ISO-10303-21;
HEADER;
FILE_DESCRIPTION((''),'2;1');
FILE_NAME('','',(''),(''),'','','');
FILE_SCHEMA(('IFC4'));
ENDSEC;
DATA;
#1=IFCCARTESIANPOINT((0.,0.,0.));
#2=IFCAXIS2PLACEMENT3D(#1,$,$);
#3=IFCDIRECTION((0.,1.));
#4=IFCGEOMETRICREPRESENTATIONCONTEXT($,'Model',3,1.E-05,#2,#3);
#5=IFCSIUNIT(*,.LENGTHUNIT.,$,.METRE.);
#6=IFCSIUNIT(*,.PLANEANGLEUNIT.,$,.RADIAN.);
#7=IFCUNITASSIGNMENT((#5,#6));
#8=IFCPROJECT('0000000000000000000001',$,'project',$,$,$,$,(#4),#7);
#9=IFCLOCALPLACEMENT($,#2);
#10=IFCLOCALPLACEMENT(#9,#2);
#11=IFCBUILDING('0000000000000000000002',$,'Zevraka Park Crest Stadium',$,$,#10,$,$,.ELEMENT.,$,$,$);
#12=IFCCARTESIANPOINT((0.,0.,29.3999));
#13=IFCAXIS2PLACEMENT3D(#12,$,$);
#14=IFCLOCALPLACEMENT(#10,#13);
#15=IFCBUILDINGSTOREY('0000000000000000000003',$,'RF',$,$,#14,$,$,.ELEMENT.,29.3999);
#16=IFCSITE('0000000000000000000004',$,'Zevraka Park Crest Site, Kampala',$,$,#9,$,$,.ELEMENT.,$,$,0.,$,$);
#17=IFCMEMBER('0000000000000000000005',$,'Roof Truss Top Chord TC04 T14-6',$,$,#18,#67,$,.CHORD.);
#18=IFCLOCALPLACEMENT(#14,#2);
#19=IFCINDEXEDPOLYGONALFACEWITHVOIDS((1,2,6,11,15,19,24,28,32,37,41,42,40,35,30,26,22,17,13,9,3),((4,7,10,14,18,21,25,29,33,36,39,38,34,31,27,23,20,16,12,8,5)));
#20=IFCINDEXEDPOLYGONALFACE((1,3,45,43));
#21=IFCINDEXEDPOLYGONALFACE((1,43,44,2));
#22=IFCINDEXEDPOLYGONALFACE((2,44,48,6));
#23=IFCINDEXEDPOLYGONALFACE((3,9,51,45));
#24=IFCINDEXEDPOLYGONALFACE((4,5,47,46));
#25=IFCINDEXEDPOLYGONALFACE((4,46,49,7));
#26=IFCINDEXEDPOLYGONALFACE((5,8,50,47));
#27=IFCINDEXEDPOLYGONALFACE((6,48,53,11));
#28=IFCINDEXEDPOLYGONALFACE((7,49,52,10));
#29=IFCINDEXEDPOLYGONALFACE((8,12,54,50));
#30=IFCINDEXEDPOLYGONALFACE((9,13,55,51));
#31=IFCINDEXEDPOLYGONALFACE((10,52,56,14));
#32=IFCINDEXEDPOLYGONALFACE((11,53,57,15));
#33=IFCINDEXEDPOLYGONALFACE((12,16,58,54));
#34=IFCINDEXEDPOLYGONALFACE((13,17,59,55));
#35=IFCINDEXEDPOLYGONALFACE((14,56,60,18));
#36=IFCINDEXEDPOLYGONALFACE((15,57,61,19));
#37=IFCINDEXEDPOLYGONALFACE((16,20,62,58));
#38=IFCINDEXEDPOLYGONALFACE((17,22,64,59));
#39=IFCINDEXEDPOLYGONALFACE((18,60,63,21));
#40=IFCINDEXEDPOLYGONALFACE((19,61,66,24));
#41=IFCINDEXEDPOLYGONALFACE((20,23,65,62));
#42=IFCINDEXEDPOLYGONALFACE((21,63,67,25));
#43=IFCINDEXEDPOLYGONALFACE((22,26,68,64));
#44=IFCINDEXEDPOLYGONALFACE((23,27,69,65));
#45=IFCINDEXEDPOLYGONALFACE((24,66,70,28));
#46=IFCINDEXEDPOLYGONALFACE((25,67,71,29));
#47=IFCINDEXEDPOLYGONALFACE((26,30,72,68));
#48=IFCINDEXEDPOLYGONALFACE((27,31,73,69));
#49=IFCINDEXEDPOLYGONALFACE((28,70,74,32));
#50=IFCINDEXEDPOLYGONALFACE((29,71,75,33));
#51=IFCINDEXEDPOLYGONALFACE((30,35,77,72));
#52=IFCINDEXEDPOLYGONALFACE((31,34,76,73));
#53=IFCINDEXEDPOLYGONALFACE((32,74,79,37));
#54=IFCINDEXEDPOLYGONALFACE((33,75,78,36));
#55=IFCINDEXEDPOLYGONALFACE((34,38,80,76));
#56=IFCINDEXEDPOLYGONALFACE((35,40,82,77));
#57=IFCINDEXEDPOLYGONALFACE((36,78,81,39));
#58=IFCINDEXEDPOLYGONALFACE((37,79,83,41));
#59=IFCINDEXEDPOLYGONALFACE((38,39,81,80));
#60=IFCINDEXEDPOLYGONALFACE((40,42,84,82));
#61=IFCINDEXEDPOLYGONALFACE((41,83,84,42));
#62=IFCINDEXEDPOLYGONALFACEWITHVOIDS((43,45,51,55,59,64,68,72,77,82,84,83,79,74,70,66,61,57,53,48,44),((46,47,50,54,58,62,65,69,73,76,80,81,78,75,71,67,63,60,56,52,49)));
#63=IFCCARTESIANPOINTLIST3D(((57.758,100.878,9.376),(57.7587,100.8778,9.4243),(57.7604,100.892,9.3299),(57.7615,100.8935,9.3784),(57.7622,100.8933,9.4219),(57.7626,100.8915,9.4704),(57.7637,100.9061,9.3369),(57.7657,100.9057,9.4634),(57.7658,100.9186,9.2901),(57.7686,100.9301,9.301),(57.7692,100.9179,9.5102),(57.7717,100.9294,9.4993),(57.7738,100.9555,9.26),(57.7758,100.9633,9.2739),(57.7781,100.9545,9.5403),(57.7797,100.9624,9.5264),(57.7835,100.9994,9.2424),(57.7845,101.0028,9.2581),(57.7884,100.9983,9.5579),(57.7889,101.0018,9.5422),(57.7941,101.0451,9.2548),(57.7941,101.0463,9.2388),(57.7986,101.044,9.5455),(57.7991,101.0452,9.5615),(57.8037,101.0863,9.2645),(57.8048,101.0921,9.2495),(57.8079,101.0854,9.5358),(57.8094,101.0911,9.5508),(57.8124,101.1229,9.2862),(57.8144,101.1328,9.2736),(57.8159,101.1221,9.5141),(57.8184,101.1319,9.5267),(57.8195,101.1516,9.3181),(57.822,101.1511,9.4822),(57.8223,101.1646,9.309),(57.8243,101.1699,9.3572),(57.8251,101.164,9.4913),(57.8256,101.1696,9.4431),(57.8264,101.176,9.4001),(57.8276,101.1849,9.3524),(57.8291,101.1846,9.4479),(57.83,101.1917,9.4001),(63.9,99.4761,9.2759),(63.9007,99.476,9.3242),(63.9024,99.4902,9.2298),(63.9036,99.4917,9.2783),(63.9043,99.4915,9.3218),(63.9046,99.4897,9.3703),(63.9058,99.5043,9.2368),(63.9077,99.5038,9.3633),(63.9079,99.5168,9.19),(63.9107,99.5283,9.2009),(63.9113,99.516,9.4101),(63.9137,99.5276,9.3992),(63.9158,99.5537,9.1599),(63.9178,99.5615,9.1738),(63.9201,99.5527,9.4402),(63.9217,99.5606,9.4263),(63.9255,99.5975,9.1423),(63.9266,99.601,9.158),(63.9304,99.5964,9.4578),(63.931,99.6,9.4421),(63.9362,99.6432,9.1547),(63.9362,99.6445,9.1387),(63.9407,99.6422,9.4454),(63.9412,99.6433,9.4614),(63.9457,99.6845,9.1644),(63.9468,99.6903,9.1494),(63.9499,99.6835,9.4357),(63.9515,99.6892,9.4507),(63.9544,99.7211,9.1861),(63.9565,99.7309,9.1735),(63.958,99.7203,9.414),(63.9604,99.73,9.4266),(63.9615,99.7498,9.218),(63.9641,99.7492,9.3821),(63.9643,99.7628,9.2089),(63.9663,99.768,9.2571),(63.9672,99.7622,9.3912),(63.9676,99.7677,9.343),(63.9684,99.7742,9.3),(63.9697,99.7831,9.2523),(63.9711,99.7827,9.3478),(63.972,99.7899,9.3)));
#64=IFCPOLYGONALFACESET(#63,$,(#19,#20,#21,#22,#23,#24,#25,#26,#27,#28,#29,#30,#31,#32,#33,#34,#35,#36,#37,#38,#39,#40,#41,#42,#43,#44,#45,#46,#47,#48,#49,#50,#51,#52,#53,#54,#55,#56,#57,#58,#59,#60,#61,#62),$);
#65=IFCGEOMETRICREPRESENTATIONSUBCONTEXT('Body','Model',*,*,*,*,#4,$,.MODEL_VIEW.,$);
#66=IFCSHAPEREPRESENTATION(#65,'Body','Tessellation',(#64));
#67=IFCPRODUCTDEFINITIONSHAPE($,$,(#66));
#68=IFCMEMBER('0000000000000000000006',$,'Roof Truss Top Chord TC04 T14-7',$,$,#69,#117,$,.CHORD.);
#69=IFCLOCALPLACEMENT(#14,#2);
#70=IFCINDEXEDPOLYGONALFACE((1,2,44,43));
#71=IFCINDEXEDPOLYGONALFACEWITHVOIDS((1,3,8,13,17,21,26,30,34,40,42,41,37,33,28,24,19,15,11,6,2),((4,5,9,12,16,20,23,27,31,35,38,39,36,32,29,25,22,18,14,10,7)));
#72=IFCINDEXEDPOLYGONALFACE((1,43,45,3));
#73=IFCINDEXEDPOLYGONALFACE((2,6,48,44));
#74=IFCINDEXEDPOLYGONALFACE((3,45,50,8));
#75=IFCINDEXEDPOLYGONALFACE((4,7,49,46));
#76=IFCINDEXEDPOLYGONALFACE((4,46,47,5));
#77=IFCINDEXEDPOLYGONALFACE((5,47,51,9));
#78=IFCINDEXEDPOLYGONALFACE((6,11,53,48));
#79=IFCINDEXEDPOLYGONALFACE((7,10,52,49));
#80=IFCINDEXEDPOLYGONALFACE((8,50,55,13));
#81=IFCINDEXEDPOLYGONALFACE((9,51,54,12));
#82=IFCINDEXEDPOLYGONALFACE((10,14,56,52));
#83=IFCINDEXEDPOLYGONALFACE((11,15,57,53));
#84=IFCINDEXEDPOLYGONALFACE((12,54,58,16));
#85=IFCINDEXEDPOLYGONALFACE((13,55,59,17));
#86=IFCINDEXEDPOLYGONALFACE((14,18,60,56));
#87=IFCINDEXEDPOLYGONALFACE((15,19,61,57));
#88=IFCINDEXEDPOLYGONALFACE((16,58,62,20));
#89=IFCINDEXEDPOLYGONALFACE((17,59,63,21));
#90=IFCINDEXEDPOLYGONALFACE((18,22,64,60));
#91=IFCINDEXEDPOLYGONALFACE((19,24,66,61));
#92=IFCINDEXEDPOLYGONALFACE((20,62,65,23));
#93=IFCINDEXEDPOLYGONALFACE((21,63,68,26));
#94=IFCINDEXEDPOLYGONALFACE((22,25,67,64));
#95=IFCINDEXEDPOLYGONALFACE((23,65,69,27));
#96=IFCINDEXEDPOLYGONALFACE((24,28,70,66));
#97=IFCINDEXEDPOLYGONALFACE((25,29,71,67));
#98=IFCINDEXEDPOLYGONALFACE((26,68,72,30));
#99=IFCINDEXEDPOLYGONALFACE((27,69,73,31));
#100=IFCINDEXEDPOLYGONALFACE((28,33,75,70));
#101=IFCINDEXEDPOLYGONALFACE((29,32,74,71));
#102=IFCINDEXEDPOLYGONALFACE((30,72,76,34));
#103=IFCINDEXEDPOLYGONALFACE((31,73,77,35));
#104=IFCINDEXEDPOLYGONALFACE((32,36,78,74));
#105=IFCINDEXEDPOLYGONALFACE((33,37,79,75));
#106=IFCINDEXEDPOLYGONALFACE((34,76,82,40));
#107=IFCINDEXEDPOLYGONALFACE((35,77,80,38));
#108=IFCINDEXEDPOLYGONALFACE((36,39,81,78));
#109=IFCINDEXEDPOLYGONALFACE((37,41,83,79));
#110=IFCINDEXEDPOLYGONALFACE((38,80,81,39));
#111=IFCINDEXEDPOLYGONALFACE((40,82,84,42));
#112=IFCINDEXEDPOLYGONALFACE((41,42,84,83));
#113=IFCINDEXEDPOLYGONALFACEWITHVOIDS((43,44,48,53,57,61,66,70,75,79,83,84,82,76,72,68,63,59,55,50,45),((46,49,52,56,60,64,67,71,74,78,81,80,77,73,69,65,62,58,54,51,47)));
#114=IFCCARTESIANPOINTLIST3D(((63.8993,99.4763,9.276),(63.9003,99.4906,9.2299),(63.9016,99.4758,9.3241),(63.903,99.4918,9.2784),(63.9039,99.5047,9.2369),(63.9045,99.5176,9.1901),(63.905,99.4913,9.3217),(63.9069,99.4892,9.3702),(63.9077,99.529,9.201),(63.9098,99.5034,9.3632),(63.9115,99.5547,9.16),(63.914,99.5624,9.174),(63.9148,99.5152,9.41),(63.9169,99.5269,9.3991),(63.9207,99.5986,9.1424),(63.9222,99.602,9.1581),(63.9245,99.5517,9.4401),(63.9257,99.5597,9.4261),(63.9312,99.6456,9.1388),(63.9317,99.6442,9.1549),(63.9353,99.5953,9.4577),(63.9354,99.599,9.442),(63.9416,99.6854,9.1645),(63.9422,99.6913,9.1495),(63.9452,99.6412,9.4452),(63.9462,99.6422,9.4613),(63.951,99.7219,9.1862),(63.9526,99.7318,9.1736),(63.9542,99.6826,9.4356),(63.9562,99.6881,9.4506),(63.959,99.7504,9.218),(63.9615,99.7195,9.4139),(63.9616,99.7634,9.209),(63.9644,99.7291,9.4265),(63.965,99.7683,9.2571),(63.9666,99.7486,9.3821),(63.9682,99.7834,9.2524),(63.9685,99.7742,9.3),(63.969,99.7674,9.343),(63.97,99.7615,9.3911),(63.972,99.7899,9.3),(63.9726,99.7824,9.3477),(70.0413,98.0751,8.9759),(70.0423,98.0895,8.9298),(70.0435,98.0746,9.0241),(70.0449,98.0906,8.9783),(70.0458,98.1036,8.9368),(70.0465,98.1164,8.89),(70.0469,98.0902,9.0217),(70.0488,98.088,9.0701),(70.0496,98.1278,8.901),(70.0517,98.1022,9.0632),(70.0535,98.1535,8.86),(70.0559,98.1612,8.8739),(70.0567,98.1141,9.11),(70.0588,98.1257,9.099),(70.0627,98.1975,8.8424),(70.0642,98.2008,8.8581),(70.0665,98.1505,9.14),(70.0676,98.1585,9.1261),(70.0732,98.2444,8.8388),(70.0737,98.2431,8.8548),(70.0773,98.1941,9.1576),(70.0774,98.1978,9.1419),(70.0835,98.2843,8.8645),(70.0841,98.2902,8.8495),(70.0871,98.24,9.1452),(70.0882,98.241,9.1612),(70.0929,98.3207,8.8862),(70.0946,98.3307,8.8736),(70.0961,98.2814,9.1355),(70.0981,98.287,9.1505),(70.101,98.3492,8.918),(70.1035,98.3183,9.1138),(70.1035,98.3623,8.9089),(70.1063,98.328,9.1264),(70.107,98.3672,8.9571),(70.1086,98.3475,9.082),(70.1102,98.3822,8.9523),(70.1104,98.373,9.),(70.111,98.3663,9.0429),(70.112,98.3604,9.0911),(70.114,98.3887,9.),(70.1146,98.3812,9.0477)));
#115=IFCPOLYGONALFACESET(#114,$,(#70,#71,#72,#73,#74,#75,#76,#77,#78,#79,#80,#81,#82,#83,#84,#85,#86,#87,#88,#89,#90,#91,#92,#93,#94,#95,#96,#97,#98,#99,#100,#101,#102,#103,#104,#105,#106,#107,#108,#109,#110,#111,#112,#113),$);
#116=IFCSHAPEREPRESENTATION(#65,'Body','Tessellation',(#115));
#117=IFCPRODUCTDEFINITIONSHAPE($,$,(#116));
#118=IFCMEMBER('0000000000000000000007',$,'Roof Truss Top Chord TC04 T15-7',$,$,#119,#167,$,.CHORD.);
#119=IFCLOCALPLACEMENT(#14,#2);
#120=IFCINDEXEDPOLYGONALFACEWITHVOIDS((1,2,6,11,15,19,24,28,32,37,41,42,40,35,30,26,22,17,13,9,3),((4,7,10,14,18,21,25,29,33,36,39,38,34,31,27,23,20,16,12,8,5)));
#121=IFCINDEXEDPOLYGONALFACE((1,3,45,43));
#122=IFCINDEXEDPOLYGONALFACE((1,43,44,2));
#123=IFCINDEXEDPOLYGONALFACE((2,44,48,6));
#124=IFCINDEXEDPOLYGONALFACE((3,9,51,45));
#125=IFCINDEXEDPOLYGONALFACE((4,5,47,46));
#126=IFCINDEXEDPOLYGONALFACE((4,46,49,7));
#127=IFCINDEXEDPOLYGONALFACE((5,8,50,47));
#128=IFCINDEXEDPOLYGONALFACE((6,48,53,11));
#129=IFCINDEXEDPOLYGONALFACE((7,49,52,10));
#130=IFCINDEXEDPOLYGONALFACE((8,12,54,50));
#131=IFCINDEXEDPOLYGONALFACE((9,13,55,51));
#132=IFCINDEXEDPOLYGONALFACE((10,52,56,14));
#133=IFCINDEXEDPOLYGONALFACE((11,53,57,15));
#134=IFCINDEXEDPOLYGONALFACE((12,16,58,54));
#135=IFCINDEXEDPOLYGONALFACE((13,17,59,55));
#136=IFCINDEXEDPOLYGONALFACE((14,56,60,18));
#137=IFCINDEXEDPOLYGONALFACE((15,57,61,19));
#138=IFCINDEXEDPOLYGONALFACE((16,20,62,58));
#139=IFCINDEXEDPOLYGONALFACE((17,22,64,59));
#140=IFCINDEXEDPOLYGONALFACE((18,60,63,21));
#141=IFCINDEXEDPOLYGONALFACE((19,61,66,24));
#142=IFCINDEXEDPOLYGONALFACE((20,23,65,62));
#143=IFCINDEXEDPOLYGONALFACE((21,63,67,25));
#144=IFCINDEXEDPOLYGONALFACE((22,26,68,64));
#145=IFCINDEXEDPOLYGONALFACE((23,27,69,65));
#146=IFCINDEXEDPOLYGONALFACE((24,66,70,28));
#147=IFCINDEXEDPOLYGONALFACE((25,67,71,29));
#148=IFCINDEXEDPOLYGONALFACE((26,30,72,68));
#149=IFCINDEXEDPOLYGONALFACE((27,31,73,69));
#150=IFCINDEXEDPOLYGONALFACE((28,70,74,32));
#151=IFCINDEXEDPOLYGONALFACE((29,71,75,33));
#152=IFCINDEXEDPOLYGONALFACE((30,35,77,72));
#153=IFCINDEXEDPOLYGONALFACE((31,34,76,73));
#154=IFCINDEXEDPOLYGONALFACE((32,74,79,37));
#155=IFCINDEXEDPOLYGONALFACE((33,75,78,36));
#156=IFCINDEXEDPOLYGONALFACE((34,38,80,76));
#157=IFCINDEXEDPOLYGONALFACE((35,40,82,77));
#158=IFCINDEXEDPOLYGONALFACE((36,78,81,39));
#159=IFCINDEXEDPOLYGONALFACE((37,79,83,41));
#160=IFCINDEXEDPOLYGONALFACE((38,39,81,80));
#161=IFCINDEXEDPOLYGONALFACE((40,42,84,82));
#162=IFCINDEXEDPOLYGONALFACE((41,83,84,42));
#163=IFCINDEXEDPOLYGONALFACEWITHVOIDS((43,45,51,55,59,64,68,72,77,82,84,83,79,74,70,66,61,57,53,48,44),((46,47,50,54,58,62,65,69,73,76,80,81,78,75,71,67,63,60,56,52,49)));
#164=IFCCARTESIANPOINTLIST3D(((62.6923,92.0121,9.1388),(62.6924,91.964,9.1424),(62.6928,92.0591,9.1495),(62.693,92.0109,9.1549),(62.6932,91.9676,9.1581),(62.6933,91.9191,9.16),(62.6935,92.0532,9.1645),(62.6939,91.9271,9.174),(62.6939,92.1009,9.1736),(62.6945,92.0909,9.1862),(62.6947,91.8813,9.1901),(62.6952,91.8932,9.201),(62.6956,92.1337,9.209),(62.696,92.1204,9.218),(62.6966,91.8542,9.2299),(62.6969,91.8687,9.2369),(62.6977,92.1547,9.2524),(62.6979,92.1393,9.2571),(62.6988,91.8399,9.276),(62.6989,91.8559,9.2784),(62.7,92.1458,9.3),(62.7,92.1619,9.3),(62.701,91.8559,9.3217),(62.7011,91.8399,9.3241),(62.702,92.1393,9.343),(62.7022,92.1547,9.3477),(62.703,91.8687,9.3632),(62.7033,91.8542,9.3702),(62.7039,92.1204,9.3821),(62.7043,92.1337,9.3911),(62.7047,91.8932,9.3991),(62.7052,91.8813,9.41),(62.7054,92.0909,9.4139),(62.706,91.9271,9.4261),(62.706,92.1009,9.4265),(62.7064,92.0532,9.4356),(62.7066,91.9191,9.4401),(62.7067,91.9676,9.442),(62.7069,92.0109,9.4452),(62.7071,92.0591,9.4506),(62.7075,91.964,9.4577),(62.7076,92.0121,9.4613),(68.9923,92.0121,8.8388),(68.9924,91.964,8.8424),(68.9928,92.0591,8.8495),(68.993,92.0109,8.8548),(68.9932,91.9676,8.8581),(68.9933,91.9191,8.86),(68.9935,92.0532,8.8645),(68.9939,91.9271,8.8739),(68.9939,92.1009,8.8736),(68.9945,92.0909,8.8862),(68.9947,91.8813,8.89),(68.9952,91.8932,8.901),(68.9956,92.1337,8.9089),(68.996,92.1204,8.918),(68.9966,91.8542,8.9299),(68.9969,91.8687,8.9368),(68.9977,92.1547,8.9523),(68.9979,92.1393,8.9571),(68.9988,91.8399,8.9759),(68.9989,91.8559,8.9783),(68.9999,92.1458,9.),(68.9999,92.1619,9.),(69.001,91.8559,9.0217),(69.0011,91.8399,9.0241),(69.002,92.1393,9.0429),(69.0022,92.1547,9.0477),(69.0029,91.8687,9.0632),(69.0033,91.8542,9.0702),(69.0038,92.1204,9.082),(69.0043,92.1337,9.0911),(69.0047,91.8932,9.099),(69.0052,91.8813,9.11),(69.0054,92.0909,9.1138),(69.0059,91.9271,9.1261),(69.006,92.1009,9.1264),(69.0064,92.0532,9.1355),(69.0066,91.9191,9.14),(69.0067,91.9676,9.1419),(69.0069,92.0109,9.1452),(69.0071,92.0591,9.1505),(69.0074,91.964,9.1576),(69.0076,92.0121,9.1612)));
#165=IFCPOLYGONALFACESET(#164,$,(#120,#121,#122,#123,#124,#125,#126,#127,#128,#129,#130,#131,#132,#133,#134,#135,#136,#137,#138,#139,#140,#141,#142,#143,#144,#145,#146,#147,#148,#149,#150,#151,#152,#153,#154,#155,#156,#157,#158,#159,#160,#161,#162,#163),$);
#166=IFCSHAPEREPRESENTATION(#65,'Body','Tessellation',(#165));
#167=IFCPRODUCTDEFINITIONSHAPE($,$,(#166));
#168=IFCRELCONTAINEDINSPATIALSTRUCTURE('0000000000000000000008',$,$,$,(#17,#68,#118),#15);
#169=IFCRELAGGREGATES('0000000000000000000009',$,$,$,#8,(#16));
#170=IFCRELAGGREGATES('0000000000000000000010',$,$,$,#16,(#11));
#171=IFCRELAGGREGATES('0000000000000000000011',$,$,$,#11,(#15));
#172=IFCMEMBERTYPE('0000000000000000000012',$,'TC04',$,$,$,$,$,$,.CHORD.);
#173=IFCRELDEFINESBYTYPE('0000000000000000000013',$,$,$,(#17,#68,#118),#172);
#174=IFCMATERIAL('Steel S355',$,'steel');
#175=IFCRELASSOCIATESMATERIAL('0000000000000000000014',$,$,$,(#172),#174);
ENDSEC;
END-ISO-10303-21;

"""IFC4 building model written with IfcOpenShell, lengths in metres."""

from ifc_helpers import new_model, si_unit, direction, frame, origin, origin_2d, place, context, subcontext, project, spatial, hollow_circle, extrude, material, material_profile, profile_set, type_object, element, save


model = new_model("IFC4")

# Units and contexts
model_context = context("Model", 3, precision=1e-05, world=origin(), true_north=direction((0.0, 1.0)))
body_context = subcontext(model_context, "Body", "Model", "MODEL_VIEW")
ifc_project = project(units=[si_unit("LENGTHUNIT", "METRE"), si_unit("PLANEANGLEUNIT", "RADIAN")], contexts=[model_context])

# Site, building, storey
site_placement = place(None, origin())
site = spatial("IfcSite", under=ifc_project, at=site_placement, Name="Zevraka Park Crest Site, Kampala", CompositionType="ELEMENT", RefElevation=0.0)
building_placement = place(site_placement, origin())
building = spatial("IfcBuilding", under=site, at=building_placement, Name="Zevraka Park Crest Stadium", CompositionType="ELEMENT")
storey_placement = place(building_placement, frame((0.0, 0.0, 29.3999)))
storey = spatial("IfcBuildingStorey", under=building, at=storey_placement, Name="RF", CompositionType="ELEMENT", Elevation=29.3999)

# Members
ifc_material_1 = material(Name="Steel S355", Category="steel")
ifc_material_profile_1 = material_profile(ifc_material_1, hollow_circle(Radius=0.1619, WallThickness=0.0161, at=origin_2d()), Name="CHS 323.9x16")
ifc_profile_set_1 = profile_set([ifc_material_profile_1], Name="Steel S355")
member_type_1 = type_object("IfcMemberType", Name="TC04", PredefinedType="CHORD", material=ifc_profile_set_1)
member_1_placement = place(storey_placement, frame((57.7939, 101.0339, 9.4001), z_axis=(0.974806, -0.222487, -0.015886), x_axis=(0.222515, 0.974929, 0.0)))
element("IfcMember", 1, at=member_1_placement, inside=storey, type_object=member_type_1, Name="Roof Truss Top Chord TC04 T14-6", PredefinedType="CHORD", context=body_context, shape_type="SweptSolid", body=[
    extrude(hollow_circle(Radius=0.1619, WallThickness=0.0161, at=origin_2d()), origin(), (0.0, 0.0, 1.0), 6.3008),
])
member_2_placement = place(storey_placement, frame((63.936, 99.6321, 9.3), z_axis=(0.973848, -0.222161, -0.047576), x_axis=(0.222413, 0.974952, 0.0)))
element("IfcMember", 2, at=member_2_placement, inside=storey, type_object=member_type_1, Name="Roof Truss Top Chord TC04 T14-7", PredefinedType="CHORD", context=body_context, shape_type="SweptSolid", body=[
    extrude(hollow_circle(Radius=0.1619, WallThickness=0.0161, at=origin_2d()), origin(), (0.0, 0.0, 1.0), 6.3069),
])
member_3_placement = place(storey_placement, frame((62.7, 92.0, 9.3), z_axis=(0.998868, 0.0, -0.047573), x_axis=(0.0, 1.0, 0.0)))
element("IfcMember", 3, at=member_3_placement, inside=storey, type_object=member_type_1, Name="Roof Truss Top Chord TC04 T15-7", PredefinedType="CHORD", context=body_context, shape_type="SweptSolid", body=[
    extrude(hollow_circle(Radius=0.1619, WallThickness=0.0161, at=origin_2d()), origin(), (0.0, 0.0, 1.0), 6.3071),
])

save(model, "model.ifc")
